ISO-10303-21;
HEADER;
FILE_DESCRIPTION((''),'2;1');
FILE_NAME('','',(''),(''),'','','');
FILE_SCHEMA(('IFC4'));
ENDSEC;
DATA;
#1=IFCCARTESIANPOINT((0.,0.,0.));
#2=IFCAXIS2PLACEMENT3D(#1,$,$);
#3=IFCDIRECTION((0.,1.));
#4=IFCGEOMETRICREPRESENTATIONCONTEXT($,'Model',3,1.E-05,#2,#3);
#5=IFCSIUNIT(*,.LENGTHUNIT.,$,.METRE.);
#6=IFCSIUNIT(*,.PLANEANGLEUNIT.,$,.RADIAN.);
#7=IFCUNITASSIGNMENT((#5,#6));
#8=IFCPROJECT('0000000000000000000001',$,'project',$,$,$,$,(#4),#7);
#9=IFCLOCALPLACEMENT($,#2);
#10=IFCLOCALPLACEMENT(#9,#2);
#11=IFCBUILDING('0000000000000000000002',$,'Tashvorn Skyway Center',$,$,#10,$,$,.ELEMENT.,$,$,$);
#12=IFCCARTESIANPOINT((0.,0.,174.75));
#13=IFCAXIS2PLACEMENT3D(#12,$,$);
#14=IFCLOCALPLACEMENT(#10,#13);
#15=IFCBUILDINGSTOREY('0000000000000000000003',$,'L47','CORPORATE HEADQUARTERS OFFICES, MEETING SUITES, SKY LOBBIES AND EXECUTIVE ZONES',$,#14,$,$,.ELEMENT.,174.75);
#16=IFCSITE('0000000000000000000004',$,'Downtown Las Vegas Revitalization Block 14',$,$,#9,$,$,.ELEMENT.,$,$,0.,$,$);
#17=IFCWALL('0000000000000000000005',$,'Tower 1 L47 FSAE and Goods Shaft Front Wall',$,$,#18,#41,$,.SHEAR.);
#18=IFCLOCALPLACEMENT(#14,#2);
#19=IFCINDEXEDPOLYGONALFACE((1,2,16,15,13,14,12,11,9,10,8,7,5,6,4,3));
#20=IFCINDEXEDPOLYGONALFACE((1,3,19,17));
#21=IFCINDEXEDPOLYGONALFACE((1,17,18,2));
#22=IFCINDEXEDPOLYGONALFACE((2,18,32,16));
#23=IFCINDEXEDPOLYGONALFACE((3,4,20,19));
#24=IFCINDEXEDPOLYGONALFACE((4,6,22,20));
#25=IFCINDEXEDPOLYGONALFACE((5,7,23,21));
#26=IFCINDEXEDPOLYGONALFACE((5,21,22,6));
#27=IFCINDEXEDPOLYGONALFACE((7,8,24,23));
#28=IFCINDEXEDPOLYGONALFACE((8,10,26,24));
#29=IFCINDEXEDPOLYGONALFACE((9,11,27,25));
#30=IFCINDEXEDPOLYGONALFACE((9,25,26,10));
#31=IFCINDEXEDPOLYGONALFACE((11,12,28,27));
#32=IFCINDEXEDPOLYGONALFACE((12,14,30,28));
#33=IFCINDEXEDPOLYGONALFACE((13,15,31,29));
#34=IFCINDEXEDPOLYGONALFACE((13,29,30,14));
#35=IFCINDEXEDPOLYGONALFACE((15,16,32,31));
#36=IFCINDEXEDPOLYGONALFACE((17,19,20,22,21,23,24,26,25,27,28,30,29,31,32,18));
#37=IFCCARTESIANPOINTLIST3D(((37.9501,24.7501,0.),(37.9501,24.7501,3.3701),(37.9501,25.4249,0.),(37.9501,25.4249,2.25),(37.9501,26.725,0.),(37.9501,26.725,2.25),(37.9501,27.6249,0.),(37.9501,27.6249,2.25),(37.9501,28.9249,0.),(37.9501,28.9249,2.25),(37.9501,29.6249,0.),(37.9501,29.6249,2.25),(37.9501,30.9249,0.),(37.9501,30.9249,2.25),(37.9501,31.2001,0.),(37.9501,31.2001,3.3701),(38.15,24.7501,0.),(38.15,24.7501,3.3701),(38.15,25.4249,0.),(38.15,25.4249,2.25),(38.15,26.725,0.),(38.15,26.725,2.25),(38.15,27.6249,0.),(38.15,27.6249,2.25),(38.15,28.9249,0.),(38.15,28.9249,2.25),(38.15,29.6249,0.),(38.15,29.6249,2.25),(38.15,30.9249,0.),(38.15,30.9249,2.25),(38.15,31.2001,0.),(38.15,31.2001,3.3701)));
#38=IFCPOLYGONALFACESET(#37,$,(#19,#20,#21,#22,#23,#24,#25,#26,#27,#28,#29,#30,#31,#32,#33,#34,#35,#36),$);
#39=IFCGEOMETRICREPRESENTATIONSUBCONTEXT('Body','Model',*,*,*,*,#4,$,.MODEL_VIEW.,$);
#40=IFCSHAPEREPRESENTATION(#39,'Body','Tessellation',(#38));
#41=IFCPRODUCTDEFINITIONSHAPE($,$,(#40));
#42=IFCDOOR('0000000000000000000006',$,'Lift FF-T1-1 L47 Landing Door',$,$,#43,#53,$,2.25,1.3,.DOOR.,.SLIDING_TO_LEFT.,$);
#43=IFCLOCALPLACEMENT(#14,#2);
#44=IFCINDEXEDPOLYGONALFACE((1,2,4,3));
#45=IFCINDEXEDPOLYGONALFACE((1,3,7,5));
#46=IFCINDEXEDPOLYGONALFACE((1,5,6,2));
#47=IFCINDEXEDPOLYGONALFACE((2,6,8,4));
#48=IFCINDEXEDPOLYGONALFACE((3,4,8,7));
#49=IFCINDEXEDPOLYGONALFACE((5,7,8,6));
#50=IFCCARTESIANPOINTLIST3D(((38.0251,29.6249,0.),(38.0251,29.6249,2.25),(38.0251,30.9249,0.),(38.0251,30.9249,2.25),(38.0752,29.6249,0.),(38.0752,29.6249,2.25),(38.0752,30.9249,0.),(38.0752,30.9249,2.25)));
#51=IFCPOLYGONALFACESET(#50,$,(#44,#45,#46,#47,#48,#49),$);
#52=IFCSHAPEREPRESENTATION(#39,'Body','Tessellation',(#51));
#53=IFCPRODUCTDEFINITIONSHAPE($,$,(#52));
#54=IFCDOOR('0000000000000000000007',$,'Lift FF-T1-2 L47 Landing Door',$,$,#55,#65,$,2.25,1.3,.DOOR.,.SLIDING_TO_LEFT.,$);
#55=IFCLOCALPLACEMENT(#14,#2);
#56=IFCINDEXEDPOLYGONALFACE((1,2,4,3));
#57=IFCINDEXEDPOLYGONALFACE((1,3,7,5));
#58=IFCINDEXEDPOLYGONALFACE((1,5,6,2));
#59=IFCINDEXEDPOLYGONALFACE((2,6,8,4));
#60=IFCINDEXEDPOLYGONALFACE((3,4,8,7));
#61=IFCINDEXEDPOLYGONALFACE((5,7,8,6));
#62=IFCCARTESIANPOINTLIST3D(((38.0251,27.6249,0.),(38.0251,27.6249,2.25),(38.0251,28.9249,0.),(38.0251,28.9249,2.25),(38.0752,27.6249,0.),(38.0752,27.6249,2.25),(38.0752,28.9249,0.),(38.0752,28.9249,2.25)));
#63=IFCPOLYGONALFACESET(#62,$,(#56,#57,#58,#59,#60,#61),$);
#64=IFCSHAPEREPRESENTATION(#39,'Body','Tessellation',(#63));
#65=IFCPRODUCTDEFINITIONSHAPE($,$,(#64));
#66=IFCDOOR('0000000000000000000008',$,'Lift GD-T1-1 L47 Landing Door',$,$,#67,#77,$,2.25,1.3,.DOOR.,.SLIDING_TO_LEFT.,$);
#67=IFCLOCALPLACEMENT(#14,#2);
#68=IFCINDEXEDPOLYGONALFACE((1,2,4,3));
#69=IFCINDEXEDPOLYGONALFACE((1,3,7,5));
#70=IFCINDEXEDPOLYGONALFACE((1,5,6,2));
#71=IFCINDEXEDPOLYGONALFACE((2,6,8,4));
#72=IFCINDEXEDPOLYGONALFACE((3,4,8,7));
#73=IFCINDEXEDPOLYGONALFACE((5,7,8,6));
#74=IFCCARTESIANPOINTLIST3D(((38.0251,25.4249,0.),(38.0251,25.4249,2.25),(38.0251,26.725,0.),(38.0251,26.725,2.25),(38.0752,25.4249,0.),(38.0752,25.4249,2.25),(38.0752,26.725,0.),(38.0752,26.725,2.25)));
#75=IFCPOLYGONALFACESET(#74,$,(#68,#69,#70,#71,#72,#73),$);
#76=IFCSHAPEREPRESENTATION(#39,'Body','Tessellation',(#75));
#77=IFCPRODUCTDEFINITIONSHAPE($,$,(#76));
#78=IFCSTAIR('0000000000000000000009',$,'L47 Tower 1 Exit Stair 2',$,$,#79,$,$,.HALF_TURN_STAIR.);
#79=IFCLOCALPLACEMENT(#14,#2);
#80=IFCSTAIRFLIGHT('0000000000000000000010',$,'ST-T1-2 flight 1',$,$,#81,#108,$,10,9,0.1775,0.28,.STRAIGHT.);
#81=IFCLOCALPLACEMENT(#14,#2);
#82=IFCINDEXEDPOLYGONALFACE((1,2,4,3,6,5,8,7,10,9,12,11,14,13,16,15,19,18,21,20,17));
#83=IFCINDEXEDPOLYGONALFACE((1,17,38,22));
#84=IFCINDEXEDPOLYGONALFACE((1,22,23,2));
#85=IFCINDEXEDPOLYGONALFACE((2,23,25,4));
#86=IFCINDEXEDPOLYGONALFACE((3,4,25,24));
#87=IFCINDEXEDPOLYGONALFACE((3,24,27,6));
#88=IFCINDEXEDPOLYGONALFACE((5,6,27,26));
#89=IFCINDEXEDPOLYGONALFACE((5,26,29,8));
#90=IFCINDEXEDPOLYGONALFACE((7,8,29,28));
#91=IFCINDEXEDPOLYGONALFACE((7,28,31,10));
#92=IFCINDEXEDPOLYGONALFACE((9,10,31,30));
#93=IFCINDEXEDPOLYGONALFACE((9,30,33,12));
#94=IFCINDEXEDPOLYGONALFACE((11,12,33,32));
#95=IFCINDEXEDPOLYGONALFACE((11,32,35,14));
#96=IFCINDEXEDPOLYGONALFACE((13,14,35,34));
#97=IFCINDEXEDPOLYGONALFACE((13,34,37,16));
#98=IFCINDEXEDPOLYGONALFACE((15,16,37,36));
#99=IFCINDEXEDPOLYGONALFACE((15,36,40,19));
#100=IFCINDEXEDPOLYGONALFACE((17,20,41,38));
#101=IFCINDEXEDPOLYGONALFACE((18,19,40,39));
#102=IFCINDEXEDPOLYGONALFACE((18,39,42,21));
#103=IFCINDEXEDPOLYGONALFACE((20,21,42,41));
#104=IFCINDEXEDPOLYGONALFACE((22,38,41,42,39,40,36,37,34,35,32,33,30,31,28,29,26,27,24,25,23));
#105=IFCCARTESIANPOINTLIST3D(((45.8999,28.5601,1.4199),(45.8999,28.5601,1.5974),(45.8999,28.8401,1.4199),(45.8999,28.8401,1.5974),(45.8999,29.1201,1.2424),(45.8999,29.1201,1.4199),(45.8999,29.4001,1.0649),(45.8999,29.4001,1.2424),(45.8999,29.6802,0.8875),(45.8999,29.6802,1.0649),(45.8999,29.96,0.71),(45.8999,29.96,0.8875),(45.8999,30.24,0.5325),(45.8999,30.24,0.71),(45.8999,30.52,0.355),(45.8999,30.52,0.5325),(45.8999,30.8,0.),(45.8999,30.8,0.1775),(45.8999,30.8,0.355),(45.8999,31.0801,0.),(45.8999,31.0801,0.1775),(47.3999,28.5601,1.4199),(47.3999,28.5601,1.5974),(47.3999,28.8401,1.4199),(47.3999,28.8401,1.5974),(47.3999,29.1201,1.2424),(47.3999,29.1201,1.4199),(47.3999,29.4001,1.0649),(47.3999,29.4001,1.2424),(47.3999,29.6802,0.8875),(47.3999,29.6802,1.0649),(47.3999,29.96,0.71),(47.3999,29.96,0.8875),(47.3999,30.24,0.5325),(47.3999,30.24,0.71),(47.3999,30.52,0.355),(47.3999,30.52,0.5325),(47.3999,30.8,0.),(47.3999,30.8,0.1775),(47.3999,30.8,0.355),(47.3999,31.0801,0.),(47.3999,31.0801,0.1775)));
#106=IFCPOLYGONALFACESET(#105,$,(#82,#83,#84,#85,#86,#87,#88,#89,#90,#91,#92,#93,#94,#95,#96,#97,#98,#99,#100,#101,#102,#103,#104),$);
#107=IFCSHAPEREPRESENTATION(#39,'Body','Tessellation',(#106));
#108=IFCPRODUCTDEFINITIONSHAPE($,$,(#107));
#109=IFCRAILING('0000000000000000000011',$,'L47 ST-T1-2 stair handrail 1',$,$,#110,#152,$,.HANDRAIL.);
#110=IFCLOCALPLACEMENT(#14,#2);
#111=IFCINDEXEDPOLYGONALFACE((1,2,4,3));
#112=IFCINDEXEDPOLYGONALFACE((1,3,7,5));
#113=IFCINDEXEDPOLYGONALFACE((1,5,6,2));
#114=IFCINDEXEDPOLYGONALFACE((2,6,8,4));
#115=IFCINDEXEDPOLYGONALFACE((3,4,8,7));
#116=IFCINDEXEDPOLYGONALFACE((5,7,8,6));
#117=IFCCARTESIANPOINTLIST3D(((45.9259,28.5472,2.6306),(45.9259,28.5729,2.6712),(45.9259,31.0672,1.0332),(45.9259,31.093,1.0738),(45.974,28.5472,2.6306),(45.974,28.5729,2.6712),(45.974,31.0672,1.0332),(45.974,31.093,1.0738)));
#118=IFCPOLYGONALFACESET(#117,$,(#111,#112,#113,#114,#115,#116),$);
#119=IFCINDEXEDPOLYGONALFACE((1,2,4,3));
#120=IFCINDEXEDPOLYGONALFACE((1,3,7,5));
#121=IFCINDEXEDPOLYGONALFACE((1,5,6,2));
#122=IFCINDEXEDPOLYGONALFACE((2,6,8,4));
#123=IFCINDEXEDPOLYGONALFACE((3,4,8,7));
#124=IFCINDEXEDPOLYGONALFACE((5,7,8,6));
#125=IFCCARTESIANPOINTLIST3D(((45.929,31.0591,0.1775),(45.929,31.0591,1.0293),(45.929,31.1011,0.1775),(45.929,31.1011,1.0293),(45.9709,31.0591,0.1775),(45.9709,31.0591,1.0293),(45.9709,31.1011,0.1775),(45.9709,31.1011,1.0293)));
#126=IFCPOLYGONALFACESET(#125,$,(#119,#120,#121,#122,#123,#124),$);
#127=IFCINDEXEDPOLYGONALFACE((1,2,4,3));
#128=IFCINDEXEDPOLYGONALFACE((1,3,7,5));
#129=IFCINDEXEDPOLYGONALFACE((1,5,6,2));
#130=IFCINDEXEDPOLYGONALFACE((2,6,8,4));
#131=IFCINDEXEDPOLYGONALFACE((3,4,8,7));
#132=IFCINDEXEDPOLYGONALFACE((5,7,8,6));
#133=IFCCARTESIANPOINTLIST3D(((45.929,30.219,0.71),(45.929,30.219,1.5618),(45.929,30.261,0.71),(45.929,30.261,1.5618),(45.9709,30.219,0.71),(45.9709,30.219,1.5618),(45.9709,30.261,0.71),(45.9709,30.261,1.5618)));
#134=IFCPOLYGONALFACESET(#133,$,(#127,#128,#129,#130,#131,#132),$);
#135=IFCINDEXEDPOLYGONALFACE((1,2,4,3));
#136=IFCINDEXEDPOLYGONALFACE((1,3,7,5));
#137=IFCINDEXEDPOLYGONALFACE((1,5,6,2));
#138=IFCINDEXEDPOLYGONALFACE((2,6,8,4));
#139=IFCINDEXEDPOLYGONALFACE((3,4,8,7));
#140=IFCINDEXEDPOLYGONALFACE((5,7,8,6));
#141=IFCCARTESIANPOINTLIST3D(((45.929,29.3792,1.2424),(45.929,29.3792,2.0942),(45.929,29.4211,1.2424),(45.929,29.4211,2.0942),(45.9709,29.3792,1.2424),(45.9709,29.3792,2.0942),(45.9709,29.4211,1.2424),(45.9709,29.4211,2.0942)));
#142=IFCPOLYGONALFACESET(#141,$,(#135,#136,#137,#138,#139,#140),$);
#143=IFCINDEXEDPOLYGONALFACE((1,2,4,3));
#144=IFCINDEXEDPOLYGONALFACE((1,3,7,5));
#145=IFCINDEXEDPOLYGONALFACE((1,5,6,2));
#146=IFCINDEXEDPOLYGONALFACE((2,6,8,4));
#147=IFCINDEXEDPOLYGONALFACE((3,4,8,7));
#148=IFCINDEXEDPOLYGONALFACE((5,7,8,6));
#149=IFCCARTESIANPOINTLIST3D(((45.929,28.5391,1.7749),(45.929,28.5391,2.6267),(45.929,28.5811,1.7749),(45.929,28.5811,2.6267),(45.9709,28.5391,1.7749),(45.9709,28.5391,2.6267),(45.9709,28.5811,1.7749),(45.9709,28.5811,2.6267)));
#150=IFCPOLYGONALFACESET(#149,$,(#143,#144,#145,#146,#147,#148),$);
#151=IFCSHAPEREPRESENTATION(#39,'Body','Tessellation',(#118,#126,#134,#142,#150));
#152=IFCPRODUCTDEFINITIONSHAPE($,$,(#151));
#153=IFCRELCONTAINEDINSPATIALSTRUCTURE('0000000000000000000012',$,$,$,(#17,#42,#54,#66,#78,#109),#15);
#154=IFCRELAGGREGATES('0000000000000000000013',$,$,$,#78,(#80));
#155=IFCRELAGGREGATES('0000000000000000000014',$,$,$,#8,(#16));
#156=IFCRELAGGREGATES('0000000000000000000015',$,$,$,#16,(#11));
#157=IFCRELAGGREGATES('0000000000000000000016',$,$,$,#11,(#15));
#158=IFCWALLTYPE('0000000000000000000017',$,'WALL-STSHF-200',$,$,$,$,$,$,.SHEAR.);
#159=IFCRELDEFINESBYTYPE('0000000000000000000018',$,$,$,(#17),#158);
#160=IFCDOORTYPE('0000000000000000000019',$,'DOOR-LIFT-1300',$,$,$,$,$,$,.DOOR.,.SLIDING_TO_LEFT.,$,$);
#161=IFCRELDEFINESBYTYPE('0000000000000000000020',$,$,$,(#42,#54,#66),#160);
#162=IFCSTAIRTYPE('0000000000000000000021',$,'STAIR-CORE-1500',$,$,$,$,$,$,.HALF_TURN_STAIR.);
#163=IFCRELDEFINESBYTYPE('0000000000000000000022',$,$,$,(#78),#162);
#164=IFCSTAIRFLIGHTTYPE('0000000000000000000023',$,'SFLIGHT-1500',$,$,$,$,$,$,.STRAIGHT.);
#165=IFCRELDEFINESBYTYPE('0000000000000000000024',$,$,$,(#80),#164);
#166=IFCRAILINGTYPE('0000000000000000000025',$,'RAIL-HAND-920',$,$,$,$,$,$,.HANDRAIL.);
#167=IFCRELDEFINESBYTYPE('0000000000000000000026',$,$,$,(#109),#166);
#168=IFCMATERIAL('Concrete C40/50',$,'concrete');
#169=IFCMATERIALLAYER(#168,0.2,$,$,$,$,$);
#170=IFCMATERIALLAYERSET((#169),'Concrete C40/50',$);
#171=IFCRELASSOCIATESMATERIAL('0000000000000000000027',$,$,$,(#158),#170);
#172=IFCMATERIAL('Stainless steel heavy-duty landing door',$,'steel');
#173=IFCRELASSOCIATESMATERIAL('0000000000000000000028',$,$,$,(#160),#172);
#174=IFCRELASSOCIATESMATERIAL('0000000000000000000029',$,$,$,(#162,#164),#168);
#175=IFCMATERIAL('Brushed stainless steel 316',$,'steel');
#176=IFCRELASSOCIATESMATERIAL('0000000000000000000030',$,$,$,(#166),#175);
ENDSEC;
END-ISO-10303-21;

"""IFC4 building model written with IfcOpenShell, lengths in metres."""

from ifc_helpers import new_model, si_unit, direction, frame, frame_2d, origin, origin_2d, place, context, subcontext, project, spatial, polyline, rectangle, outline, extrude, material, layer, layer_set, type_object, element, fill, aggregate, save


model = new_model("IFC4")

# Units and contexts
model_context = context("Model", 3, precision=1e-05, world=origin(), true_north=direction((0.0, 1.0)))
body_context = subcontext(model_context, "Body", "Model", "MODEL_VIEW")
ifc_project = project(units=[si_unit("LENGTHUNIT", "METRE"), si_unit("PLANEANGLEUNIT", "RADIAN")], contexts=[model_context])

# Site, building, storey
site_placement = place(None, origin())
site = spatial("IfcSite", under=ifc_project, at=site_placement, Name="Downtown Las Vegas Revitalization Block 14", CompositionType="ELEMENT", RefElevation=0.0)
building_placement = place(site_placement, origin())
building = spatial("IfcBuilding", under=site, at=building_placement, Name="Tashvorn Skyway Center", CompositionType="ELEMENT")
storey_placement = place(building_placement, frame((0.0, 0.0, 174.75)))
storey = spatial("IfcBuildingStorey", under=building, at=storey_placement, Name="L47", Description="CORPORATE HEADQUARTERS OFFICES, MEETING SUITES, SKY LOBBIES AND EXECUTIVE ZONES", CompositionType="ELEMENT", Elevation=174.75)

# Shared definitions
ifc_material_1 = material(Name="Concrete C40/50", Category="concrete")

# Shared definitions
ifc_layer_1 = layer(ifc_material_1, 0.2)
ifc_layer_set_1 = layer_set([ifc_layer_1], Name="Concrete C40/50")
wall_type_1 = type_object("IfcWallType", Name="WALL-STSHF-200", PredefinedType="SHEAR", material=ifc_layer_set_1)

# Wall, openings, doors
wall_1_placement = place(storey_placement, frame((38.05, 24.75, 0.0), z_axis=(0.0, 0.0, 1.0), x_axis=(0.0, 1.0, 0.0)))
wall_1 = element("IfcWall", 1, at=wall_1_placement, inside=storey, type_object=wall_type_1, Name="Tower 1 L47 FSAE and Goods Shaft Front Wall", PredefinedType="SHEAR", context=body_context, shape_type="SweptSolid", body=[
    extrude(rectangle(XDim=6.45, YDim=0.2, at=frame_2d((3.2251, 0.0))), origin(), (0.0, 0.0, 1.0), 3.3701),
])
opening_1_placement = place(wall_1_placement, frame((4.875, 0.0, 0.0)))
opening_1 = element("IfcOpeningElement", 2, at=opening_1_placement, cuts=wall_1, PredefinedType="OPENING", context=body_context, shape_type="SweptSolid", body=[
    extrude(rectangle(XDim=1.3, YDim=2.25, at=frame_2d((0.6499, 1.125))), frame((0.0, 0.1099, 0.0), z_axis=(0.0, -1.0, 0.0), x_axis=(1.0, 0.0, 0.0)), (0.0, 0.0, 1.0), 0.22),
])
opening_2_placement = place(wall_1_placement, frame((2.875, 0.0, 0.0)))
opening_2 = element("IfcOpeningElement", 3, at=opening_2_placement, cuts=wall_1, PredefinedType="OPENING", context=body_context, shape_type="SweptSolid", body=[
    extrude(rectangle(XDim=1.3, YDim=2.25, at=frame_2d((0.6499, 1.125))), frame((0.0, 0.1099, 0.0), z_axis=(0.0, -1.0, 0.0), x_axis=(1.0, 0.0, 0.0)), (0.0, 0.0, 1.0), 0.22),
])
opening_3_placement = place(wall_1_placement, frame((0.675, 0.0, 0.0)))
opening_3 = element("IfcOpeningElement", 4, at=opening_3_placement, cuts=wall_1, PredefinedType="OPENING", context=body_context, shape_type="SweptSolid", body=[
    extrude(rectangle(XDim=1.3, YDim=2.25, at=frame_2d((0.6499, 1.125))), frame((0.0, 0.1099, 0.0), z_axis=(0.0, -1.0, 0.0), x_axis=(1.0, 0.0, 0.0)), (0.0, 0.0, 1.0), 0.22),
])
ifc_material_2 = material(Name="Stainless steel heavy-duty landing door", Category="steel")
door_type_1 = type_object("IfcDoorType", Name="DOOR-LIFT-1300", OperationType="SLIDING_TO_LEFT", PredefinedType="DOOR", material=ifc_material_2)
door_1_placement = place(opening_1_placement, origin())
door_1 = element("IfcDoor", 5, at=door_1_placement, inside=storey, type_object=door_type_1, Name="Lift FF-T1-1 L47 Landing Door", OperationType="SLIDING_TO_LEFT", OverallHeight=2.25, OverallWidth=1.3, PredefinedType="DOOR", context=body_context, shape_type="SweptSolid", body=[
    extrude(rectangle(XDim=1.3, YDim=2.25, at=frame_2d((0.6499, 1.125))), frame((0.0, 0.0249, 0.0), z_axis=(0.0, -1.0, 0.0), x_axis=(1.0, 0.0, 0.0)), (0.0, 0.0, 1.0), 0.05),
])
fill(opening_1, door_1)
door_2_placement = place(opening_2_placement, origin())
door_2 = element("IfcDoor", 6, at=door_2_placement, inside=storey, type_object=door_type_1, Name="Lift FF-T1-2 L47 Landing Door", OperationType="SLIDING_TO_LEFT", OverallHeight=2.25, OverallWidth=1.3, PredefinedType="DOOR", context=body_context, shape_type="SweptSolid", body=[
    extrude(rectangle(XDim=1.3, YDim=2.25, at=frame_2d((0.6499, 1.125))), frame((0.0, 0.0249, 0.0), z_axis=(0.0, -1.0, 0.0), x_axis=(1.0, 0.0, 0.0)), (0.0, 0.0, 1.0), 0.05),
])
fill(opening_2, door_2)
door_3_placement = place(opening_3_placement, origin())
door_3 = element("IfcDoor", 7, at=door_3_placement, inside=storey, type_object=door_type_1, Name="Lift GD-T1-1 L47 Landing Door", OperationType="SLIDING_TO_LEFT", OverallHeight=2.25, OverallWidth=1.3, PredefinedType="DOOR", context=body_context, shape_type="SweptSolid", body=[
    extrude(rectangle(XDim=1.3, YDim=2.25, at=frame_2d((0.6499, 1.125))), frame((0.0, 0.0249, 0.0), z_axis=(0.0, -1.0, 0.0), x_axis=(1.0, 0.0, 0.0)), (0.0, 0.0, 1.0), 0.05),
])
fill(opening_3, door_3)

# Stair, stair flight
stair_type = type_object("IfcStairType", Name="STAIR-CORE-1500", PredefinedType="HALF_TURN_STAIR", material=ifc_material_1)
stair_placement = place(storey_placement, origin())
stair = element("IfcStair", 8, at=stair_placement, inside=storey, type_object=stair_type, Name="L47 Tower 1 Exit Stair 2", PredefinedType="HALF_TURN_STAIR")
stair_flight_type = type_object("IfcStairFlightType", Name="SFLIGHT-1500", PredefinedType="STRAIGHT", material=ifc_material_1)
stair_flight_placement = place(storey_placement, frame((46.6499, 31.0801, 0.0), z_axis=(0.0, 0.0, 1.0), x_axis=(0.0, -1.0, 0.0)))
stair_flight = element("IfcStairFlight", 9, at=stair_flight_placement, type_object=stair_flight_type, Name="ST-T1-2 flight 1", NumberOfRisers=10, NumberOfTreads=9, PredefinedType="STRAIGHT", RiserHeight=0.1775, TreadLength=0.28, context=body_context, shape_type="SweptSolid", body=[
    extrude(outline(polyline([(0.0, 0.0), (0.0, 0.1775), (0.28, 0.1775), (0.28, 0.355), (0.5601, 0.355), (0.5601, 0.5325), (0.8401, 0.5325), (0.8401, 0.71), (1.1201, 0.71), (1.1201, 0.8875), (1.3999, 0.8875), (1.3999, 1.0649), (1.6799, 1.0649), (1.6799, 1.2424), (1.96, 1.2424), (1.96, 1.4199), (2.24, 1.4199), (2.24, 1.5974), (2.52, 1.5974), (2.52, 1.7749), (2.52, 1.4199), (0.28, 0.0), (0.0, 0.0)])), frame((0.0, 0.75, 0.0), z_axis=(0.0, -1.0, 0.0), x_axis=(1.0, 0.0, 0.0)), (0.0, 0.0, 1.0), 1.5),
])
aggregate(stair, [stair_flight])

# Railing
ifc_material_3 = material(Name="Brushed stainless steel 316", Category="steel")
railing_type_1 = type_object("IfcRailingType", Name="RAIL-HAND-920", PredefinedType="HANDRAIL", material=ifc_material_3)
railing_1_placement = place(storey_placement, frame((45.95, 31.0801, 0.1775)))
element("IfcRailing", 10, at=railing_1_placement, inside=storey, type_object=railing_type_1, Name="L47 ST-T1-2 stair handrail 1", PredefinedType="HANDRAIL", context=body_context, shape_type="SweptSolid", body=[
    extrude(rectangle(XDim=0.0481, YDim=0.0481, at=origin_2d()), frame((0.0, 0.0, 0.876), z_axis=(0.0, -0.844607, 0.535387), x_axis=(1.0, 0.0, 0.0)), (0.0, 0.0, 1.0), 2.9836),
    extrude(rectangle(XDim=0.042, YDim=0.042, at=origin_2d()), origin(), (0.0, 0.0, 1.0), 0.8518),
    extrude(rectangle(XDim=0.042, YDim=0.042, at=origin_2d()), frame((0.0, -0.8401, 0.5325)), (0.0, 0.0, 1.0), 0.8518),
    extrude(rectangle(XDim=0.042, YDim=0.042, at=origin_2d()), frame((0.0, -1.6799, 1.0649)), (0.0, 0.0, 1.0), 0.8518),
    extrude(rectangle(XDim=0.042, YDim=0.042, at=origin_2d()), frame((0.0, -2.52, 1.5974)), (0.0, 0.0, 1.0), 0.8518),
])

save(model, "model.ifc")
